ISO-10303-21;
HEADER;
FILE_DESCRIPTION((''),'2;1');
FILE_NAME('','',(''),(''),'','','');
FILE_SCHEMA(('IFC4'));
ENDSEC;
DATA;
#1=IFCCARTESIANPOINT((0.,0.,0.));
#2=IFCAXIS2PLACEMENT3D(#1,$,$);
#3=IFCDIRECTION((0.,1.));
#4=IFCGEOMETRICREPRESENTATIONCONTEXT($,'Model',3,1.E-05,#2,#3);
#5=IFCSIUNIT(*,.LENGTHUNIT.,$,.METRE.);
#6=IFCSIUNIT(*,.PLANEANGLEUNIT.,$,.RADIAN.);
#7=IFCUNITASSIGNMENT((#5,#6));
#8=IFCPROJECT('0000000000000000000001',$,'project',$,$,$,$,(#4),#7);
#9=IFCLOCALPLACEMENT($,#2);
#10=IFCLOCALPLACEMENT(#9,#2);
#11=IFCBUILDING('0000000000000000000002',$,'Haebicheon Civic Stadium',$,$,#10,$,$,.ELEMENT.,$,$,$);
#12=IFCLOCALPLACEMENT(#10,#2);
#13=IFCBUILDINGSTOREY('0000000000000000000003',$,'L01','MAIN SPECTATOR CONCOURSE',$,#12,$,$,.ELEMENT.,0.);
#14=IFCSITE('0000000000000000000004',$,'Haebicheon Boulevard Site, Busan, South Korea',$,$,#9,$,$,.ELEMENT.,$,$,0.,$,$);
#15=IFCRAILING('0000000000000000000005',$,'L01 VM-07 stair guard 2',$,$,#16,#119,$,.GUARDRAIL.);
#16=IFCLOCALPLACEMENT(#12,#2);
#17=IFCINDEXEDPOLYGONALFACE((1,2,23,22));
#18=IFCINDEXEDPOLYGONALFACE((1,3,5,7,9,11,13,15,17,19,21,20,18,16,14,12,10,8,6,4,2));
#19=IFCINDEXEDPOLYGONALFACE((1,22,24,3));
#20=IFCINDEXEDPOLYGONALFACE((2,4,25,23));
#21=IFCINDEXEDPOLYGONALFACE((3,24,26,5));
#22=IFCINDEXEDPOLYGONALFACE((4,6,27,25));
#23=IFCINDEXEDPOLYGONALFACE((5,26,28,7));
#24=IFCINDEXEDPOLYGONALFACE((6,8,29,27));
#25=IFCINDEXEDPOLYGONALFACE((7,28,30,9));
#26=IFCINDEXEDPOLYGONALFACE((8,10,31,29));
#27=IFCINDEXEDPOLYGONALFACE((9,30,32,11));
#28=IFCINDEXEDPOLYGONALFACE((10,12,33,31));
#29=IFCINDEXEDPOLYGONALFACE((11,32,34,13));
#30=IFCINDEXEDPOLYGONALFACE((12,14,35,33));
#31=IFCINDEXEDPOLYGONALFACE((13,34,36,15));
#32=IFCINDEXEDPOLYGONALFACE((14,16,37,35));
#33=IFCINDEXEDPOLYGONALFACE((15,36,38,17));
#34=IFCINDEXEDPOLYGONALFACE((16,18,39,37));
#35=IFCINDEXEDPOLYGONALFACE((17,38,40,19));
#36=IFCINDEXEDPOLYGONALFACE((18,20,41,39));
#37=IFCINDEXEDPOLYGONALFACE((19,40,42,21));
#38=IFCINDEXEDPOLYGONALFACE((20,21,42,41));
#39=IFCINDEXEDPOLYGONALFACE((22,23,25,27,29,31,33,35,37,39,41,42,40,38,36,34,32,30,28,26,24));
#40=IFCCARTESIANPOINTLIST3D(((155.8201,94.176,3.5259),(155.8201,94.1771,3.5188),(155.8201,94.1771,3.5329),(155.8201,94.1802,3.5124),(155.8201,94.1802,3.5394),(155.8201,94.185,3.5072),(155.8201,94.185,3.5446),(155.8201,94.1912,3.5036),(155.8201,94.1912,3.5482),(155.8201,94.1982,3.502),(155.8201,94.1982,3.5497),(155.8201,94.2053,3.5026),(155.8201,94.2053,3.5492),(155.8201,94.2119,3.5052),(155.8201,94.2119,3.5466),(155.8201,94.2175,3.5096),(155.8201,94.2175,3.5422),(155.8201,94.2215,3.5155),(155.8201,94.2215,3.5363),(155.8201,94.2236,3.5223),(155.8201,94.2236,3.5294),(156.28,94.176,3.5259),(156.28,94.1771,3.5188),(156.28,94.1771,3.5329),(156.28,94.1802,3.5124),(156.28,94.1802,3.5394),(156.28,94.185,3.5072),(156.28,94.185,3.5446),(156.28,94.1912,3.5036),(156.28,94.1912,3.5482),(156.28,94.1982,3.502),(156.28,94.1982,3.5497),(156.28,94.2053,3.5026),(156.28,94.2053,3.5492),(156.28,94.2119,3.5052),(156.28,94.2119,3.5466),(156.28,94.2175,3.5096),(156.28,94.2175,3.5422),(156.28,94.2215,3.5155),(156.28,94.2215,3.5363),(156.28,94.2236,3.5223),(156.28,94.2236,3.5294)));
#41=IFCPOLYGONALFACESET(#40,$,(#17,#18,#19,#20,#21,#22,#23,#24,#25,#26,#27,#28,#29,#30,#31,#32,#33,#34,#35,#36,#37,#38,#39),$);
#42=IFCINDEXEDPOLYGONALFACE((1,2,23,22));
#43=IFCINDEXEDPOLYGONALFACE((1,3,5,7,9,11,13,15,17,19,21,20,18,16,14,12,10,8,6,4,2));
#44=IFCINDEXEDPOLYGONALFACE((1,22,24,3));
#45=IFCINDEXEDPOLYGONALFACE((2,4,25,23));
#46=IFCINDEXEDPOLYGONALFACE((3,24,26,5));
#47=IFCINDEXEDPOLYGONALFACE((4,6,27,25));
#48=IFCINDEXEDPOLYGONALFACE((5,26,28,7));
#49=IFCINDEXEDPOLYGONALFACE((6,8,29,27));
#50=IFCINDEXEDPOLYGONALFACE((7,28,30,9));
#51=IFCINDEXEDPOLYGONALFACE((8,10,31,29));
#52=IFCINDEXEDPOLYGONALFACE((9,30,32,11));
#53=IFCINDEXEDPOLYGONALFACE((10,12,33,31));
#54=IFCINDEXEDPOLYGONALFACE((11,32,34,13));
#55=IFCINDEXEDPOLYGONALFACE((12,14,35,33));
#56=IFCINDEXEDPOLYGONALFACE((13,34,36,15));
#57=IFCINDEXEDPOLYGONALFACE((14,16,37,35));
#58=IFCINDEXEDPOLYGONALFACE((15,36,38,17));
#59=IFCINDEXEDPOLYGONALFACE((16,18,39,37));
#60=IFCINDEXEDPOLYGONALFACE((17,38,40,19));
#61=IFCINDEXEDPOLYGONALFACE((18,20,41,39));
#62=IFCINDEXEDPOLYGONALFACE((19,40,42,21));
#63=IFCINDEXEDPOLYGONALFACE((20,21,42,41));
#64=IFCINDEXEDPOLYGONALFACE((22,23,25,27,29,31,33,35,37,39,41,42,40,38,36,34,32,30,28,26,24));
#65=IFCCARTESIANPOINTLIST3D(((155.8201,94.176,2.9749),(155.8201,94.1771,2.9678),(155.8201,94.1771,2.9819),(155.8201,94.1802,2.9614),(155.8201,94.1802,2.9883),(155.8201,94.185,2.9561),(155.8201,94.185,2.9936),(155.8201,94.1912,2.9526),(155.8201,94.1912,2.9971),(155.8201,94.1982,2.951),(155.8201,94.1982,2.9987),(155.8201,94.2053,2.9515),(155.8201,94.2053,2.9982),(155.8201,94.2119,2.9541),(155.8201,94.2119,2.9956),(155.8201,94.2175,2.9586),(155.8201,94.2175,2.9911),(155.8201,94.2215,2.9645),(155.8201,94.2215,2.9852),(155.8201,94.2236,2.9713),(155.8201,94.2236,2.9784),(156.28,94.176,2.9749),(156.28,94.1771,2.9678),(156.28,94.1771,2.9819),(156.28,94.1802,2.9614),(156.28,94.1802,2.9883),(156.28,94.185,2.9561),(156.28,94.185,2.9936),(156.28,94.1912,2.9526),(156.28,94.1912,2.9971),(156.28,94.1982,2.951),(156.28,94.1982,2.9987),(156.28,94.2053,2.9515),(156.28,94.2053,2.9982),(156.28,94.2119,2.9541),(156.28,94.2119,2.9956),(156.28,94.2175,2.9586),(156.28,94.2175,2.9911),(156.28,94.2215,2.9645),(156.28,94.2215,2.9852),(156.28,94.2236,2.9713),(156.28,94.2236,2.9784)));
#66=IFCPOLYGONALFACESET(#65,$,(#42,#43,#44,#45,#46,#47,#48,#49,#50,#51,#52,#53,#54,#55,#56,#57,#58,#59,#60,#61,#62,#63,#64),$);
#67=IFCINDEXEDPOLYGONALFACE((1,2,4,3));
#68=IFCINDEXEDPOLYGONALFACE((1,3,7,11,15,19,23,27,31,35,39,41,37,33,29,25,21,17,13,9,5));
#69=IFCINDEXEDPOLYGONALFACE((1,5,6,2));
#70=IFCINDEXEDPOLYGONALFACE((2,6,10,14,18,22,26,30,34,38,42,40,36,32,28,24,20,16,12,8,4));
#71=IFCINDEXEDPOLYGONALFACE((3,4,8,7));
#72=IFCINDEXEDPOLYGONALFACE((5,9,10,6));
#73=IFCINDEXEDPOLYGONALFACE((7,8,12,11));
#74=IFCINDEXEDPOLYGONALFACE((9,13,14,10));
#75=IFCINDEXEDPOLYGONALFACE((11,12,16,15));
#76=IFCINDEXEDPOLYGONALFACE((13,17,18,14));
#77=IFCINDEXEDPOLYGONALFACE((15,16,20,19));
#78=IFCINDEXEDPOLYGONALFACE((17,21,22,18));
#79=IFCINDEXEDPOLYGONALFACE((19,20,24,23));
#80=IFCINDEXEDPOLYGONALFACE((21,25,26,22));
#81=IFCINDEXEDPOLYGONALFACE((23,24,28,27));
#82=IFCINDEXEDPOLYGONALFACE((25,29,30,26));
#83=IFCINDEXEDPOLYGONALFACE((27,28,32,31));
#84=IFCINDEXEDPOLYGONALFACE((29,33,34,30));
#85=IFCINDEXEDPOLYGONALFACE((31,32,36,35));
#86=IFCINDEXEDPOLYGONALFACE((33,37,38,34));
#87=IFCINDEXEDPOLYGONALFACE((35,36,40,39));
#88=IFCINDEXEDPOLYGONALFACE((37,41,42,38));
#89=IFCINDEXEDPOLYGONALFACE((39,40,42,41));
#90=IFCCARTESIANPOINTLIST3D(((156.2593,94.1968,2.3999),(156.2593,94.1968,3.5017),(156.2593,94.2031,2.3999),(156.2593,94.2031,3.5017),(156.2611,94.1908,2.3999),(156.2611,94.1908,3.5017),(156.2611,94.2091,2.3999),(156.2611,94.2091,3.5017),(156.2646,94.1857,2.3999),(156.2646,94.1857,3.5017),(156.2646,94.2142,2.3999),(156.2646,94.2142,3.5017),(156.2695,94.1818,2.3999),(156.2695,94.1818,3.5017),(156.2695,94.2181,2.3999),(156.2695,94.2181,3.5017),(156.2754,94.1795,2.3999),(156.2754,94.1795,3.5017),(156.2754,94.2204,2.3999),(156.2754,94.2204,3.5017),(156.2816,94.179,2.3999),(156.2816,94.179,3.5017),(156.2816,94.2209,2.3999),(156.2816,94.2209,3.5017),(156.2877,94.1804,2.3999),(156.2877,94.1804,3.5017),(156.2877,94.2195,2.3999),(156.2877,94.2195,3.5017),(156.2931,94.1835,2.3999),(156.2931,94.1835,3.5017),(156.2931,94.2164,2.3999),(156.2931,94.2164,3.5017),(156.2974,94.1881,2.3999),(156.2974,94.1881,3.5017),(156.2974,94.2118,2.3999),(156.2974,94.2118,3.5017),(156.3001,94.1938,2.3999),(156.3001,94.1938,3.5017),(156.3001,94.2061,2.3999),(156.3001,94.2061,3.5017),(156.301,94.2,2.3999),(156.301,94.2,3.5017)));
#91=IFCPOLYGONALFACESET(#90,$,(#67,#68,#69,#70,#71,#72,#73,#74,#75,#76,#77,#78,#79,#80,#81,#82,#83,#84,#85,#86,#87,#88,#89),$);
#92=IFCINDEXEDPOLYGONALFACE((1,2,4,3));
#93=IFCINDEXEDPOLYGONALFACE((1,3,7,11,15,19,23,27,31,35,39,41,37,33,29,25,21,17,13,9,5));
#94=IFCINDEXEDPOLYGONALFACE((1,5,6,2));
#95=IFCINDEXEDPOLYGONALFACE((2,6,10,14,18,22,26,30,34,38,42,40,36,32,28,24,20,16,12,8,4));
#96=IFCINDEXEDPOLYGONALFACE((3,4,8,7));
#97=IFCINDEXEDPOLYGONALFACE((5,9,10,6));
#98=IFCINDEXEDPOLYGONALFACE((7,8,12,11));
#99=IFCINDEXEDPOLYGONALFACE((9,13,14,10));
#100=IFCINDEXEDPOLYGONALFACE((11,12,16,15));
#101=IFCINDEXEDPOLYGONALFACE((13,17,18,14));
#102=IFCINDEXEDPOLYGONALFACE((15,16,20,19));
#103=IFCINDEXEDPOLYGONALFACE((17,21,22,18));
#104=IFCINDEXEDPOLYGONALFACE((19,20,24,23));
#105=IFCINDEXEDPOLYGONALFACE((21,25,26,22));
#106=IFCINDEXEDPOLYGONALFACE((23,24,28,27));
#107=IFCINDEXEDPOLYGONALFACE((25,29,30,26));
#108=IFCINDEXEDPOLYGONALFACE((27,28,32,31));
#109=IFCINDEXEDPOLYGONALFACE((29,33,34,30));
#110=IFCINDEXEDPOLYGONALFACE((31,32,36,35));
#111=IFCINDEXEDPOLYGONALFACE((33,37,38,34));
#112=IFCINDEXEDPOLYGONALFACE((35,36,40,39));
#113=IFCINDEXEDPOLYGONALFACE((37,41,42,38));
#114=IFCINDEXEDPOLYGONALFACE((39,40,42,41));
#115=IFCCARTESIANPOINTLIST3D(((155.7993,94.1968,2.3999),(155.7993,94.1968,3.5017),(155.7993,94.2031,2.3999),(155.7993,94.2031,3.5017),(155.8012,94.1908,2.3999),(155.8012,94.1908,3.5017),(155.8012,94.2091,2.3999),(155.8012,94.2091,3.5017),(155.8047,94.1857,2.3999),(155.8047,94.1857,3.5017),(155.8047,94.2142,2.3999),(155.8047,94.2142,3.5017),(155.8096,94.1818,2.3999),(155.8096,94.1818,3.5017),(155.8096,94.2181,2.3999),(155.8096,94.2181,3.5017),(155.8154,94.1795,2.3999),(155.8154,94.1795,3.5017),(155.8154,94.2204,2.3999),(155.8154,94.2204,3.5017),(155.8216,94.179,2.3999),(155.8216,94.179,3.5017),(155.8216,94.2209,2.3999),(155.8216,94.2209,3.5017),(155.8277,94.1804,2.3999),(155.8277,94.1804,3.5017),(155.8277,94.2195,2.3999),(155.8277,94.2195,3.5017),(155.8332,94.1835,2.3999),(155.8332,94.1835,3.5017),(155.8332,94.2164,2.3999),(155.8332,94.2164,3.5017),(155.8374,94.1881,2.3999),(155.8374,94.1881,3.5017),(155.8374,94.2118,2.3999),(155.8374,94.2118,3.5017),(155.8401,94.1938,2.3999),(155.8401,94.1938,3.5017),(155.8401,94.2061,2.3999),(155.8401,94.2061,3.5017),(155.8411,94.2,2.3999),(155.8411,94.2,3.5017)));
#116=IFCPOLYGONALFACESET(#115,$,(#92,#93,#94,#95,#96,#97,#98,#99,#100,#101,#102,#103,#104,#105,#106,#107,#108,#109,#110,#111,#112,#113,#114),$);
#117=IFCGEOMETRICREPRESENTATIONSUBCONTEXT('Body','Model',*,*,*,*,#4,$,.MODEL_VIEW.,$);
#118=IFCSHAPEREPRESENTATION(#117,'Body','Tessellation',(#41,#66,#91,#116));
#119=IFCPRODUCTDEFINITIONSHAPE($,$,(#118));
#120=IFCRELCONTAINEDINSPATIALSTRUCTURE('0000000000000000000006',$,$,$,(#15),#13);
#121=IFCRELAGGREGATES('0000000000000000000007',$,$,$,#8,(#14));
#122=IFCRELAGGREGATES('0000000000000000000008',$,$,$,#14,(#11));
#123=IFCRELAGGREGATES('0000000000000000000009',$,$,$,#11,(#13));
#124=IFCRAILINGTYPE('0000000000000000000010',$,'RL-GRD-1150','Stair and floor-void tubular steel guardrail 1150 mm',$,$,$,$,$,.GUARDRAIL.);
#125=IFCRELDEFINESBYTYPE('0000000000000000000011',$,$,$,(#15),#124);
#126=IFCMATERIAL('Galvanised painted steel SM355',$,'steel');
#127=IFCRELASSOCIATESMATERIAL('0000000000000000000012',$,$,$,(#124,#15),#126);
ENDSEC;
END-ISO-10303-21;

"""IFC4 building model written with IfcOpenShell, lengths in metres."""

from ifc_helpers import new_model, si_unit, direction, frame, origin, origin_2d, place, context, subcontext, project, spatial, circle, extrude, material, type_object, element, save


model = new_model("IFC4")

# Units and contexts
model_context = context("Model", 3, precision=1e-05, world=origin(), true_north=direction((0.0, 1.0)))
body_context = subcontext(model_context, "Body", "Model", "MODEL_VIEW")
ifc_project = project(units=[si_unit("LENGTHUNIT", "METRE"), si_unit("PLANEANGLEUNIT", "RADIAN")], contexts=[model_context])

# Site, building, storey
site_placement = place(None, origin())
site = spatial("IfcSite", under=ifc_project, at=site_placement, Name="Haebicheon Boulevard Site, Busan, South Korea", CompositionType="ELEMENT", RefElevation=0.0)
building_placement = place(site_placement, origin())
building = spatial("IfcBuilding", under=site, at=building_placement, Name="Haebicheon Civic Stadium", CompositionType="ELEMENT")
storey_placement = place(building_placement, origin())
storey = spatial("IfcBuildingStorey", under=building, at=storey_placement, Name="L01", Description="MAIN SPECTATOR CONCOURSE", CompositionType="ELEMENT", Elevation=0.0)

# Railing
ifc_material_1 = material(Name="Galvanised painted steel SM355", Category="steel")
railing_type_1 = type_object("IfcRailingType", Name="RL-GRD-1150", Description="Stair and floor-void tubular steel guardrail 1150 mm", PredefinedType="GUARDRAIL", material=ifc_material_1)
railing_1_placement = place(storey_placement, frame((156.28, 94.2, 2.3999)))
element("IfcRailing", 1, at=railing_1_placement, inside=storey, type_object=railing_type_1, material=ifc_material_1, Name="L01 VM-07 stair guard 2", PredefinedType="GUARDRAIL", context=body_context, shape_type="SweptSolid", body=[
    extrude(circle(Radius=0.0239, at=origin_2d()), frame((0.0, 0.0, 1.126), z_axis=(-1.0, 0.0, 0.0), x_axis=(0.0, -1.0, 0.0)), (0.0, 0.0, 1.0), 0.46),
    extrude(circle(Radius=0.0239, at=origin_2d()), frame((0.0, 0.0, 0.575), z_axis=(-1.0, 0.0, 0.0), x_axis=(0.0, -1.0, 0.0)), (0.0, 0.0, 1.0), 0.46),
    extrude(circle(Radius=0.021, at=origin_2d()), origin(), (0.0, 0.0, 1.0), 1.1018),
    extrude(circle(Radius=0.021, at=origin_2d()), frame((-0.46, 0.0, 0.0)), (0.0, 0.0, 1.0), 1.1018),
])

save(model, "model.ifc")
